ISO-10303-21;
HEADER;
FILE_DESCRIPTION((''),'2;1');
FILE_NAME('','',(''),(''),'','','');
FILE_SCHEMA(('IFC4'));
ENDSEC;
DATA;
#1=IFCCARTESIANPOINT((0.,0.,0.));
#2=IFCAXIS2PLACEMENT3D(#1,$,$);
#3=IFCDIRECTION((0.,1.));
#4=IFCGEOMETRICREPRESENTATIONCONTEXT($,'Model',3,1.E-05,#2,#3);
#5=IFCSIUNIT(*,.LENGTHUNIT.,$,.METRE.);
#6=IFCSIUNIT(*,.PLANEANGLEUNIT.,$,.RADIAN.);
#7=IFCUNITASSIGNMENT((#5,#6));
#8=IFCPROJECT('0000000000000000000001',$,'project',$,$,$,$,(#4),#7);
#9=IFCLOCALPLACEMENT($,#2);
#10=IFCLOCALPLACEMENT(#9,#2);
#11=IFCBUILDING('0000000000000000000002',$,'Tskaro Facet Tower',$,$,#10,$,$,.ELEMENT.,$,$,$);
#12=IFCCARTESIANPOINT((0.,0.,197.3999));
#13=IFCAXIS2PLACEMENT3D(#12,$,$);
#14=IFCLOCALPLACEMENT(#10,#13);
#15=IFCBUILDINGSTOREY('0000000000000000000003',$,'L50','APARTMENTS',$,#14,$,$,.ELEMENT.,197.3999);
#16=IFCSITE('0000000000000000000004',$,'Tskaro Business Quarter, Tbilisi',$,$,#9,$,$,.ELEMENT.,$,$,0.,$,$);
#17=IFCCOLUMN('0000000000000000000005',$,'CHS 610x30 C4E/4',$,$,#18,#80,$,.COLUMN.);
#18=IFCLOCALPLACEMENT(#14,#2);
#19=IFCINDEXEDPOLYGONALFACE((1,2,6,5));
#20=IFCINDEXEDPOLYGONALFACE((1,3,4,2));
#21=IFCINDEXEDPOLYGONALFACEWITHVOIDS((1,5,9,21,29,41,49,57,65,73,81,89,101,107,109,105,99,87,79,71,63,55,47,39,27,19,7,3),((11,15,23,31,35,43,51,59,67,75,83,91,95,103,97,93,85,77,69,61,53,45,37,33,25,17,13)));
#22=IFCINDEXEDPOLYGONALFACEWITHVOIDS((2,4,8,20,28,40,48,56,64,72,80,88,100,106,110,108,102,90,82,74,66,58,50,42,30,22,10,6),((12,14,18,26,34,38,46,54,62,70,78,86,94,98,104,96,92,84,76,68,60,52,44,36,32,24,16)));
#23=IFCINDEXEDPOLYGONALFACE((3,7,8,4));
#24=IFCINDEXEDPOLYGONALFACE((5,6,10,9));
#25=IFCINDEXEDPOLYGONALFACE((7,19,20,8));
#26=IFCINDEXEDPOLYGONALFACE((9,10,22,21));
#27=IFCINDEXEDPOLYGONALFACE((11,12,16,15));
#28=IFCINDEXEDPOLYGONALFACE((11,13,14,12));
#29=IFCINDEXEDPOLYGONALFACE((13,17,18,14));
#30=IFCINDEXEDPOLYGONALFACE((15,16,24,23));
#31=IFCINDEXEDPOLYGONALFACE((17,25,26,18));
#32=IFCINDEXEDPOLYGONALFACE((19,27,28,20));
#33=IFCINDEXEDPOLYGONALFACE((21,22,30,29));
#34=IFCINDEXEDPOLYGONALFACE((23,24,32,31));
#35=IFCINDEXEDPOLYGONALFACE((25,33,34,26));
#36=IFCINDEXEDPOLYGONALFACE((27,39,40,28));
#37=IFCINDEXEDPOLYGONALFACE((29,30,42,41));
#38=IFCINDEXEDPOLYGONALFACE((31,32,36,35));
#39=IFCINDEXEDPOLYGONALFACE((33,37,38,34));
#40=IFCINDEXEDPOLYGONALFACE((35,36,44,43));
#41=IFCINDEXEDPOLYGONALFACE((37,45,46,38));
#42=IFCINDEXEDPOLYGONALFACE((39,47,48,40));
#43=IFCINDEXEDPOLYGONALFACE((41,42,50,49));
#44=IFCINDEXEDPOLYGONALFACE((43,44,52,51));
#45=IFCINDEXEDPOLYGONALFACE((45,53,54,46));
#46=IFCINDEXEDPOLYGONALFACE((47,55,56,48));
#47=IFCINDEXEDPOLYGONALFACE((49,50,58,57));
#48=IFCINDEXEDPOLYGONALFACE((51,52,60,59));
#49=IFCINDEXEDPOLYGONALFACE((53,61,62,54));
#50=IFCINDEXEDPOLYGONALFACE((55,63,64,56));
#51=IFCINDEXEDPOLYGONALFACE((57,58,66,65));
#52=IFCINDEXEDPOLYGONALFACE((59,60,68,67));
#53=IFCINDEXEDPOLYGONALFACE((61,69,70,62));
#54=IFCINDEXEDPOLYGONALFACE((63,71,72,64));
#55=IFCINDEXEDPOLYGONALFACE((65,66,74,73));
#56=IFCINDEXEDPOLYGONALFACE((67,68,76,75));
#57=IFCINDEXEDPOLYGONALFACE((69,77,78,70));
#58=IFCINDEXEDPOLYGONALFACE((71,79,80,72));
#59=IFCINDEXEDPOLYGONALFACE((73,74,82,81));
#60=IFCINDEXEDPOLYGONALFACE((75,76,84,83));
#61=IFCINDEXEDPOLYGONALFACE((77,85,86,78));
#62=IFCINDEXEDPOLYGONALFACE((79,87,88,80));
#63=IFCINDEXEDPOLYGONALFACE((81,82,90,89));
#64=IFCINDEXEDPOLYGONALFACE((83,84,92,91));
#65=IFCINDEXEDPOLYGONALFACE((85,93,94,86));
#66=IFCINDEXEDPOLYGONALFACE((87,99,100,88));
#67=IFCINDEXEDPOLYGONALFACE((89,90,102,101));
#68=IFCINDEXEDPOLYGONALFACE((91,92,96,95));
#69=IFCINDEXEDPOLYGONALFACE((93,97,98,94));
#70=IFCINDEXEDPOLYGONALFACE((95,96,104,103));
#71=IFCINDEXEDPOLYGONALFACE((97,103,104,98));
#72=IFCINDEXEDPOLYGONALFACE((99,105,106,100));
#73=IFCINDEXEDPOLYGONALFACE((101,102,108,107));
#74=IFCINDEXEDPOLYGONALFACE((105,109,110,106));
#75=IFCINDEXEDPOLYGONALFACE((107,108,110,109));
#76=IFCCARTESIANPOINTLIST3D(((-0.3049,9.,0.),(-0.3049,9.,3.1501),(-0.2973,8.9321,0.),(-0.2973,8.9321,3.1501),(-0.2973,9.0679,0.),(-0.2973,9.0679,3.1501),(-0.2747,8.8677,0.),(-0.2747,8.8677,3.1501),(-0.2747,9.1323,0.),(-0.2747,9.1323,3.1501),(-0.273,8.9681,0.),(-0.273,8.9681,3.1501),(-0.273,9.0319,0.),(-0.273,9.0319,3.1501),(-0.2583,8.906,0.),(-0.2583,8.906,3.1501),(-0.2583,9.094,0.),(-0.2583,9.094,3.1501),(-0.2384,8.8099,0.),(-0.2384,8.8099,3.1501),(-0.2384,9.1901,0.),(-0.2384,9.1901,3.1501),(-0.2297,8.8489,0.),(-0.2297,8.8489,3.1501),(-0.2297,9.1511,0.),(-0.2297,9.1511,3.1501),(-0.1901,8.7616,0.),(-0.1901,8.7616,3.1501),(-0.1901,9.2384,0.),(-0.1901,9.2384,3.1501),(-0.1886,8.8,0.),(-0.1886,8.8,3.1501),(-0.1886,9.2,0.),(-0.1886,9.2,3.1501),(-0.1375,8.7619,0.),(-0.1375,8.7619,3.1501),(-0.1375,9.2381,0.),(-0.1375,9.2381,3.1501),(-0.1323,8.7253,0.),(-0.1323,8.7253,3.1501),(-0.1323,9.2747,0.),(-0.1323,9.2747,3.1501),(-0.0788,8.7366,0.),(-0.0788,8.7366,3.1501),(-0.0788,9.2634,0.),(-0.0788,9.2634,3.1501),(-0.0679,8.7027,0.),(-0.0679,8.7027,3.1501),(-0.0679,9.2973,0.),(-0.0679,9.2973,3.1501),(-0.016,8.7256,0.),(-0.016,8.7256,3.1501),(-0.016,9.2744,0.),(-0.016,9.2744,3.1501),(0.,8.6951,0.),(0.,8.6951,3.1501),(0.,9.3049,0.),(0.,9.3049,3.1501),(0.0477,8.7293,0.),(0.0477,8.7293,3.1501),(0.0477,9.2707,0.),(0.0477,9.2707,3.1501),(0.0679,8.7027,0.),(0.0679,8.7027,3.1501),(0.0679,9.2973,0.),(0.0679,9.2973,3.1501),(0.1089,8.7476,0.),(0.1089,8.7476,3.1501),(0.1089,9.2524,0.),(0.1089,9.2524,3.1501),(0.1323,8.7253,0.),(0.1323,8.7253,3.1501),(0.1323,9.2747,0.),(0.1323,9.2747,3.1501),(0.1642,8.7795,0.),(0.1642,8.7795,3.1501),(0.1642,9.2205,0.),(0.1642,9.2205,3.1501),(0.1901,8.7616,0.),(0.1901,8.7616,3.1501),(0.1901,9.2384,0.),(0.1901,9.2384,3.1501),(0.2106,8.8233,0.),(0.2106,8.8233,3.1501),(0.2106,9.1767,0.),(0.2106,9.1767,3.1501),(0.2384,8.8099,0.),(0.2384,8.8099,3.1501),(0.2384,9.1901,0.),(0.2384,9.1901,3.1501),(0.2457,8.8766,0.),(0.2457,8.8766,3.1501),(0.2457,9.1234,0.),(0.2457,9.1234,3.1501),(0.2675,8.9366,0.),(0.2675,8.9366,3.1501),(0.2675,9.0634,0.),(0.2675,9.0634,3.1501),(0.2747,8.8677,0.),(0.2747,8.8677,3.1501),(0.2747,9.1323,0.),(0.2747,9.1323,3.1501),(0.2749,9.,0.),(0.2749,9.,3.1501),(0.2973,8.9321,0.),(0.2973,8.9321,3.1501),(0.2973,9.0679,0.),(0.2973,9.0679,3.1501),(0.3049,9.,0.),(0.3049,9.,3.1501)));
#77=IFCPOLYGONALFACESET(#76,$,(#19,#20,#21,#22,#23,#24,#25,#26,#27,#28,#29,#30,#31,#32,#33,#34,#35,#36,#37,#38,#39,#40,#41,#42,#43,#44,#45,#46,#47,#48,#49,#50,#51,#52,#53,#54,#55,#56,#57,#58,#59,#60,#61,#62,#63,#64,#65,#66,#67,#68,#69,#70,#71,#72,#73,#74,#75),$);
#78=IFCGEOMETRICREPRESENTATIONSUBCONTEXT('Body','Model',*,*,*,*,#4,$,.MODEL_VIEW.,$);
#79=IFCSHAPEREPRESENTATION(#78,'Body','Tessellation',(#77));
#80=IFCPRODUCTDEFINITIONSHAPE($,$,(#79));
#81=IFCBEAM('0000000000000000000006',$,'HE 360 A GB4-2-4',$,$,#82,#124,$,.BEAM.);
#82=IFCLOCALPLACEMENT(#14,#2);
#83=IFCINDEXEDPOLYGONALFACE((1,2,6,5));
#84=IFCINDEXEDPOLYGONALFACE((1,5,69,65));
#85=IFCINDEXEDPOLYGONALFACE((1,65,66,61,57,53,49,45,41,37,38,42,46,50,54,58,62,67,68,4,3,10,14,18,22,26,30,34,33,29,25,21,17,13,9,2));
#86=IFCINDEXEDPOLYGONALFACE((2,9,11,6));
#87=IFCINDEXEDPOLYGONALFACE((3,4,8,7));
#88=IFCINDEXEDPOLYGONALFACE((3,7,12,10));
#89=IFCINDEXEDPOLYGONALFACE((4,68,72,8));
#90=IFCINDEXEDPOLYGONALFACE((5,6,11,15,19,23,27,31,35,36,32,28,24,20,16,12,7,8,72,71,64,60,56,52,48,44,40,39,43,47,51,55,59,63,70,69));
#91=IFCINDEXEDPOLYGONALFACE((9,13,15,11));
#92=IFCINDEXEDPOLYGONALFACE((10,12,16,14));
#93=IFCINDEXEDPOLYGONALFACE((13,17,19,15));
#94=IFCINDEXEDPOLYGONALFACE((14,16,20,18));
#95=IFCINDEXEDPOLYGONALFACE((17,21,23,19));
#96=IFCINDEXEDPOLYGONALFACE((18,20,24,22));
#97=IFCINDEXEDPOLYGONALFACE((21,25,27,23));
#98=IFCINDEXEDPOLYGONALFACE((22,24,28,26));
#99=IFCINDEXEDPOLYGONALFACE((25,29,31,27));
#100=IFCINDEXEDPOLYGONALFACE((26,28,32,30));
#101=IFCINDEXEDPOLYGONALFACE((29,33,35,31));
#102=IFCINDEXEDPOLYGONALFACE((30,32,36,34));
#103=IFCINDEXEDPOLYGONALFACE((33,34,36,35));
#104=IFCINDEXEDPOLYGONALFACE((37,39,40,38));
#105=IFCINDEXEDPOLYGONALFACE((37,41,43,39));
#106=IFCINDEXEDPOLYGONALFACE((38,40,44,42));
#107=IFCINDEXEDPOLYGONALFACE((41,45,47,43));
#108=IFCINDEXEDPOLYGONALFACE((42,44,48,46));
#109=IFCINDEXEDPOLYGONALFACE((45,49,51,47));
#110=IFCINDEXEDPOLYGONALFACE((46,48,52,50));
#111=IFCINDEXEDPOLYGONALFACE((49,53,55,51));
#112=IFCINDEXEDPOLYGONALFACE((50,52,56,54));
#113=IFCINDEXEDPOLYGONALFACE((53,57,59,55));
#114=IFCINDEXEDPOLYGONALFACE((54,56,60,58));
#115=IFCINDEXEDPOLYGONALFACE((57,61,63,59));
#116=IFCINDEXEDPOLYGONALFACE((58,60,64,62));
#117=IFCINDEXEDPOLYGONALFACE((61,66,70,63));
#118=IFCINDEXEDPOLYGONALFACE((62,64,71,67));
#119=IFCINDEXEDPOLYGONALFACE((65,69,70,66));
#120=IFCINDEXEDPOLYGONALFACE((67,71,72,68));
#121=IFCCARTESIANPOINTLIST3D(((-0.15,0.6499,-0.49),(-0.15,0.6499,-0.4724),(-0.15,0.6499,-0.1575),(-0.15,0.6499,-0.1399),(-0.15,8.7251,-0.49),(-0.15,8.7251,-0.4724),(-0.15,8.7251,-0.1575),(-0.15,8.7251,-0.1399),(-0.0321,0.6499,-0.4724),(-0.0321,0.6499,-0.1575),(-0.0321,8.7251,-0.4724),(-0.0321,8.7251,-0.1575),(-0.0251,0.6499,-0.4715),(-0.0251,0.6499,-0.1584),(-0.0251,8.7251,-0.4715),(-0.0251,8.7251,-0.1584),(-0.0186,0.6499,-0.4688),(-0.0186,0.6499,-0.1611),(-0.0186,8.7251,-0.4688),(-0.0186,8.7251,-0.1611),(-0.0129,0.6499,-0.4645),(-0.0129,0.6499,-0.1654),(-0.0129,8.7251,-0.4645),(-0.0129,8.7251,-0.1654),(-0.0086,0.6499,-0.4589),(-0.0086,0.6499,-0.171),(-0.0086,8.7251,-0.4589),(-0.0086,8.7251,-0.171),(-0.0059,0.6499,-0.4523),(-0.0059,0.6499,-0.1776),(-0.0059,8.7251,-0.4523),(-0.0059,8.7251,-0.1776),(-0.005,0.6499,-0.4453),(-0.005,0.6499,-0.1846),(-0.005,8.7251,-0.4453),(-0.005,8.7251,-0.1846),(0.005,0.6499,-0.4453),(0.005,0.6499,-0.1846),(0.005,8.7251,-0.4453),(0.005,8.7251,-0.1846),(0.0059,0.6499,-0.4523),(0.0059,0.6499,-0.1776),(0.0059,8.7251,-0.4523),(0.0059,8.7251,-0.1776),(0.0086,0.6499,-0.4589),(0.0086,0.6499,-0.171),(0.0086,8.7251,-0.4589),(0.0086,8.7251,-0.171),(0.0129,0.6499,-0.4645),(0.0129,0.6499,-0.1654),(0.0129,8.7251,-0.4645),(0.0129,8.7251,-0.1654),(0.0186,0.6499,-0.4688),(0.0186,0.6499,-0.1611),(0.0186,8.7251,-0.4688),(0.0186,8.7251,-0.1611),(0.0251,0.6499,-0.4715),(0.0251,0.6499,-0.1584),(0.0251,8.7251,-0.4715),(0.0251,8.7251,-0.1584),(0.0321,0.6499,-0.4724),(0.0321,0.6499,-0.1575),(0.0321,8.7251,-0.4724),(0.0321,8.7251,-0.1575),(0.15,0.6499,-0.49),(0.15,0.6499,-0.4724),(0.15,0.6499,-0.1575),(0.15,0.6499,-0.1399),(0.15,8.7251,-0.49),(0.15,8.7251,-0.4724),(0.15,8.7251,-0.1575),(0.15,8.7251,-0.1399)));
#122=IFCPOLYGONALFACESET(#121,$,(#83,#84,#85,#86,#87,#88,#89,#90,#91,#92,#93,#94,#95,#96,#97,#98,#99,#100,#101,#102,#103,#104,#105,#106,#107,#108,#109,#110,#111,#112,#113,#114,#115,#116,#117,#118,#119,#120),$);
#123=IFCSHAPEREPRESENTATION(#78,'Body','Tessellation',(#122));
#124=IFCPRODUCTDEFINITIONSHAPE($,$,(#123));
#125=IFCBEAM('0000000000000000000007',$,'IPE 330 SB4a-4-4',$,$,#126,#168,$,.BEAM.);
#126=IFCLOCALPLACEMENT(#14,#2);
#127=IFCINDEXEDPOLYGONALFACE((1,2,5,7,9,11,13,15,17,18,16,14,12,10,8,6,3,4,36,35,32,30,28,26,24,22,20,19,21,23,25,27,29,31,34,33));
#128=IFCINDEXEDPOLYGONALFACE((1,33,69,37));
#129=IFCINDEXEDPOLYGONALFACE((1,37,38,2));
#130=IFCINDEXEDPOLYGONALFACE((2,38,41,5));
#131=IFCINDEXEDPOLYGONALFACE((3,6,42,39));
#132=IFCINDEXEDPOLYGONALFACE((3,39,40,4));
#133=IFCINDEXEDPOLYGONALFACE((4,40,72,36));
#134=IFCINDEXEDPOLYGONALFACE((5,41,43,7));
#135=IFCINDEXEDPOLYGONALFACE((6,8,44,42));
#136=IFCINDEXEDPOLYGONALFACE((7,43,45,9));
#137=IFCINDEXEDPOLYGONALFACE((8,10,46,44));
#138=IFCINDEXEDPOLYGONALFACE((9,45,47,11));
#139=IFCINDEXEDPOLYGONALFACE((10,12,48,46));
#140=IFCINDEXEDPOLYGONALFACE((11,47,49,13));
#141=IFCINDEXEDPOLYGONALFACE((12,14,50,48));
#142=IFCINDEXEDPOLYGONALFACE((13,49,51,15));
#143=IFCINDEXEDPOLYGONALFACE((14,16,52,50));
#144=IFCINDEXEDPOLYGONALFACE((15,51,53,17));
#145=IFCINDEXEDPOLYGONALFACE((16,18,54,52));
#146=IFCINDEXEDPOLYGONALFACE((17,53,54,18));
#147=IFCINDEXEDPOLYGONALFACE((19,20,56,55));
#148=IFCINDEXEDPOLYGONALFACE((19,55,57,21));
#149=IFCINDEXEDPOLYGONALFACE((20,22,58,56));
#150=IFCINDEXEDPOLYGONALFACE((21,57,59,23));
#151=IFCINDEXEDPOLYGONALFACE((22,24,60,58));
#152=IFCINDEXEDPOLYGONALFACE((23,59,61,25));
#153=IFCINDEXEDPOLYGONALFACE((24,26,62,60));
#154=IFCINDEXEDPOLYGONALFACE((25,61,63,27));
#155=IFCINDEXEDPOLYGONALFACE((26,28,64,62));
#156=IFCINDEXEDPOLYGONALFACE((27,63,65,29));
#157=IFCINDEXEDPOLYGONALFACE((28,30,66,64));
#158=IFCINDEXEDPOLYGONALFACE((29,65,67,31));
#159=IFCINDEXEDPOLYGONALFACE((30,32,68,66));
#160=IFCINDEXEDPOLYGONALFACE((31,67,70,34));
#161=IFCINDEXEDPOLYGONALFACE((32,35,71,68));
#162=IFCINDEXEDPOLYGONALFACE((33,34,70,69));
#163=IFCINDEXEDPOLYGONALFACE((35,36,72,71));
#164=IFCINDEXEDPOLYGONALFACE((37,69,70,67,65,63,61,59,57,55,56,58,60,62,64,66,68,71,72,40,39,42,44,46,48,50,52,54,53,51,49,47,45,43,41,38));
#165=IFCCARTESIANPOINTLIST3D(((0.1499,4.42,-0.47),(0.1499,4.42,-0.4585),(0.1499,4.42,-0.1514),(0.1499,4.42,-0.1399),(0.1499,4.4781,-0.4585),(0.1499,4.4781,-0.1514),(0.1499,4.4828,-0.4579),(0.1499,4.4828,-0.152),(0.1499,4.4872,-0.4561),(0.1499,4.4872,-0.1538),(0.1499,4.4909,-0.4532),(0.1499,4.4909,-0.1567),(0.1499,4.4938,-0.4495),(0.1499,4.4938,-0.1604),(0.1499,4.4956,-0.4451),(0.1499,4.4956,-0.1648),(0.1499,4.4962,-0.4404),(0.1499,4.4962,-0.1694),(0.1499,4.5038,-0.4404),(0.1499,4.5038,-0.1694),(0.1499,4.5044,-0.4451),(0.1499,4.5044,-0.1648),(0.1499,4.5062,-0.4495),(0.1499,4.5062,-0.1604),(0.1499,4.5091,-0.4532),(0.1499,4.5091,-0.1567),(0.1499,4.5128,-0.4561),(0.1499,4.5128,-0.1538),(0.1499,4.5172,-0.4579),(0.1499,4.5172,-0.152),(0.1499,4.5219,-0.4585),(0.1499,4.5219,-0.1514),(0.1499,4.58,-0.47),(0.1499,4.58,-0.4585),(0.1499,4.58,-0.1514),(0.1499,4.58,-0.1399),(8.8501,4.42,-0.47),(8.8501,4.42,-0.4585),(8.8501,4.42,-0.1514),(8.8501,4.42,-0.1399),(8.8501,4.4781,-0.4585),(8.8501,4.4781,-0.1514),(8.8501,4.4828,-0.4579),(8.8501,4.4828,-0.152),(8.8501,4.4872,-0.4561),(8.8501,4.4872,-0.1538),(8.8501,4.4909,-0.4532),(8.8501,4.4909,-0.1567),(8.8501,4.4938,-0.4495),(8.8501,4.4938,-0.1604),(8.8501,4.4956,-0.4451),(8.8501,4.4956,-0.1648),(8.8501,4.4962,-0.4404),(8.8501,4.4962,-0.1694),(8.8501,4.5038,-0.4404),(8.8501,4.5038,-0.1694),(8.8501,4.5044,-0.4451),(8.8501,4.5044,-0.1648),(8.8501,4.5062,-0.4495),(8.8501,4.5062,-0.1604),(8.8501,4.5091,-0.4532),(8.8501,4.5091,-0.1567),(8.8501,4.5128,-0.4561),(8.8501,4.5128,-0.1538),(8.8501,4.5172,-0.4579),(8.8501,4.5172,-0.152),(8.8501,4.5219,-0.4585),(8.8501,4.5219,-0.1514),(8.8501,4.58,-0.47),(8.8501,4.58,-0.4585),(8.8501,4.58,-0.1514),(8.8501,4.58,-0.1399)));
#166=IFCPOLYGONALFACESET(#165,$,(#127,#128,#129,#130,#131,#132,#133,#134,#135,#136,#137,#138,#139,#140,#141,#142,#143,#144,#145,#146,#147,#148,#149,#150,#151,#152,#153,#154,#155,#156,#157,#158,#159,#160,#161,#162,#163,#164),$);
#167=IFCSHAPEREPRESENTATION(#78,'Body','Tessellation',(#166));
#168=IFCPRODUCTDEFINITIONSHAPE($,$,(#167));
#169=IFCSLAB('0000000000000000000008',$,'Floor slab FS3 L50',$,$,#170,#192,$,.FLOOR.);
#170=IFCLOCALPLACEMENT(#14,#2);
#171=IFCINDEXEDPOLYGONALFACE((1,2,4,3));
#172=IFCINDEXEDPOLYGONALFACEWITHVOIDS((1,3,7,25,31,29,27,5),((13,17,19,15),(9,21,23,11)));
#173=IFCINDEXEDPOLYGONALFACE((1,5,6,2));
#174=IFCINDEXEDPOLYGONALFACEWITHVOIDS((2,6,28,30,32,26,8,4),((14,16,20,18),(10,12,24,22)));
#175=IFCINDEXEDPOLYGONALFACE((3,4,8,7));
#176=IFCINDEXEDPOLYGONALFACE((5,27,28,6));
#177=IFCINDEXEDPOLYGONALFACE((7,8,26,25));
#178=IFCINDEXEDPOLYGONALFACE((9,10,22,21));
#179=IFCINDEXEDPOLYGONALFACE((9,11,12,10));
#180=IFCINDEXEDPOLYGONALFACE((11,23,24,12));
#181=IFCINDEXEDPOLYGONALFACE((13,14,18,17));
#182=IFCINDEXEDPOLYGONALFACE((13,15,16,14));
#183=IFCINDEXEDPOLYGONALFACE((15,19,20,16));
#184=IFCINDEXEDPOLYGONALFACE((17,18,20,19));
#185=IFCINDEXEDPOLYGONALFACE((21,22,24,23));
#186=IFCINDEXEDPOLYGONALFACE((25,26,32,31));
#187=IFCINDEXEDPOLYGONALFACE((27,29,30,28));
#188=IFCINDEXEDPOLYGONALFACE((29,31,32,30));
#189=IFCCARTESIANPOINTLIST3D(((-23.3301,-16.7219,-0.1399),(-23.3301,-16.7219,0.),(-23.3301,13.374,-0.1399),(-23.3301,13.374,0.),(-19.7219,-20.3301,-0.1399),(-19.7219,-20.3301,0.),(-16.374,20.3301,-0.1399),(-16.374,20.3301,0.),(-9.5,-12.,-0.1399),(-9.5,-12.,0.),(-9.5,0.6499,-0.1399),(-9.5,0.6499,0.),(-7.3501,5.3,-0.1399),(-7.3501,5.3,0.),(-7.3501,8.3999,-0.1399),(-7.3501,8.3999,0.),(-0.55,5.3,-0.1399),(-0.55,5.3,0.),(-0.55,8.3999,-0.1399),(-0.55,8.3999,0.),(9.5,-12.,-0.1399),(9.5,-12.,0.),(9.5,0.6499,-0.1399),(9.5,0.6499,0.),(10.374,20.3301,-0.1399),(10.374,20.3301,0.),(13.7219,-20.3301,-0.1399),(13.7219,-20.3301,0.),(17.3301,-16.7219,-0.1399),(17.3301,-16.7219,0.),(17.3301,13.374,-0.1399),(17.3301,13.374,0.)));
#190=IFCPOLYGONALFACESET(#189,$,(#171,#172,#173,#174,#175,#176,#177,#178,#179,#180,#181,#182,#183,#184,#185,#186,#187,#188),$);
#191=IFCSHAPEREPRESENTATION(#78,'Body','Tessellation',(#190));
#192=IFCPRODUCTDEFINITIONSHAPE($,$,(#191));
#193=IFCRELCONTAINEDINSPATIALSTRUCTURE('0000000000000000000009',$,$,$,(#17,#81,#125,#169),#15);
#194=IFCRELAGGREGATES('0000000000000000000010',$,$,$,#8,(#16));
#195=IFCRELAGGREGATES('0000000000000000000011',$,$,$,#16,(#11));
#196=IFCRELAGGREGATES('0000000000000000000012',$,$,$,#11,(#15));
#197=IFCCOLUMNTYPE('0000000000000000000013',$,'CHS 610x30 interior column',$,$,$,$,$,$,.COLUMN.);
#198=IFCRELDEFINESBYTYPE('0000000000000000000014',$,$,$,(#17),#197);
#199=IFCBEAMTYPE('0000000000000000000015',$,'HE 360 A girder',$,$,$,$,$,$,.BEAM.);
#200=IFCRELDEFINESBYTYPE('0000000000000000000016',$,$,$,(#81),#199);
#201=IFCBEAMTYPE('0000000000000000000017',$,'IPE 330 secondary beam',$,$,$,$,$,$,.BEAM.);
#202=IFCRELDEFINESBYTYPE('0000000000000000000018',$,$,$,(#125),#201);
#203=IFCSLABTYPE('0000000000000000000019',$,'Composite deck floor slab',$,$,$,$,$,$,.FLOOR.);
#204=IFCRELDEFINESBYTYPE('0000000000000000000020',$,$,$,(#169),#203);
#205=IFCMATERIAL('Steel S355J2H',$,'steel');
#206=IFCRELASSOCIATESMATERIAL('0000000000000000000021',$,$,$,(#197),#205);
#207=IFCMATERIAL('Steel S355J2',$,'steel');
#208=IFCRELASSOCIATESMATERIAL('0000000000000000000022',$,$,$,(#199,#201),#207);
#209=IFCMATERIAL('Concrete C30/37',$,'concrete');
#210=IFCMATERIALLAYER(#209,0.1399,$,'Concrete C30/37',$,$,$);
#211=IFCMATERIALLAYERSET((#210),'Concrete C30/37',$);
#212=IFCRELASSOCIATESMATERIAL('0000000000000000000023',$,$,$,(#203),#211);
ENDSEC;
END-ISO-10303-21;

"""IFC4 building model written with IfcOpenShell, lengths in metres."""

from ifc_helpers import new_model, si_unit, direction, frame, origin, origin_2d, place, context, subcontext, project, spatial, polyline, hollow_circle, i_section, outline, extrude, material, layer, layer_set, material_profile, profile_set, type_object, element, save


model = new_model("IFC4")

# Units and contexts
model_context = context("Model", 3, precision=1e-05, world=origin(), true_north=direction((0.0, 1.0)))
body_context = subcontext(model_context, "Body", "Model", "MODEL_VIEW")
ifc_project = project(units=[si_unit("LENGTHUNIT", "METRE"), si_unit("PLANEANGLEUNIT", "RADIAN")], contexts=[model_context])

# Site, building, storey
site_placement = place(None, origin())
site = spatial("IfcSite", under=ifc_project, at=site_placement, Name="Tskaro Business Quarter, Tbilisi", CompositionType="ELEMENT", RefElevation=0.0)
building_placement = place(site_placement, origin())
building = spatial("IfcBuilding", under=site, at=building_placement, Name="Tskaro Facet Tower", CompositionType="ELEMENT")
storey_placement = place(building_placement, frame((0.0, 0.0, 197.3999)))
storey = spatial("IfcBuildingStorey", under=building, at=storey_placement, Name="L50", Description="APARTMENTS", CompositionType="ELEMENT", Elevation=197.3999)

# Column
ifc_material_1 = material(Name="Steel S355J2H", Category="steel")
ifc_material_profile_1 = material_profile(ifc_material_1, hollow_circle(Radius=0.3049, WallThickness=0.03, at=origin_2d()), Name="CHS 610x30")
ifc_profile_set_1 = profile_set([ifc_material_profile_1], Name="Steel S355J2H")
column_type = type_object("IfcColumnType", Name="CHS 610x30 interior column", PredefinedType="COLUMN", material=ifc_profile_set_1)
column_placement = place(storey_placement, frame((0.0, 9.0, 0.0), z_axis=(0.0, 0.0, 1.0), x_axis=(1.0, 0.0, 0.0)))
element("IfcColumn", 1, at=column_placement, inside=storey, type_object=column_type, Name="CHS 610x30 C4E/4", PredefinedType="COLUMN", context=body_context, shape_type="SweptSolid", body=[
    extrude(hollow_circle(Radius=0.3049, WallThickness=0.03, at=origin_2d()), origin(), (0.0, 0.0, 1.0), 3.1501),
])

# Beams
ifc_material_2 = material(Name="Steel S355J2", Category="steel")
ifc_material_profile_2 = material_profile(ifc_material_2, i_section(OverallWidth=0.3, OverallDepth=0.3501, WebThickness=0.01, FlangeThickness=0.0176, FilletRadius=0.0271, at=origin_2d()), Name="HE 360 A")
ifc_profile_set_2 = profile_set([ifc_material_profile_2], Name="Steel S355J2")
beam_type_1 = type_object("IfcBeamType", Name="HE 360 A girder", PredefinedType="BEAM", material=ifc_profile_set_2)
beam_1_placement = place(storey_placement, frame((0.0, 0.6499, -0.3149), z_axis=(0.0, 1.0, 0.0), x_axis=(-1.0, 0.0, 0.0)))
element("IfcBeam", 2, at=beam_1_placement, inside=storey, type_object=beam_type_1, Name="HE 360 A GB4-2-4", PredefinedType="BEAM", context=body_context, shape_type="SweptSolid", body=[
    extrude(i_section(OverallWidth=0.3, OverallDepth=0.3501, WebThickness=0.01, FlangeThickness=0.0176, FilletRadius=0.0271, at=origin_2d()), origin(), (0.0, 0.0, 1.0), 8.0752),
])
ifc_material_profile_3 = material_profile(ifc_material_2, i_section(OverallWidth=0.1599, OverallDepth=0.3301, WebThickness=0.0076, FlangeThickness=0.0115, FilletRadius=0.0181, at=origin_2d()), Name="IPE 330")
ifc_profile_set_3 = profile_set([ifc_material_profile_3], Name="Steel S355J2")
beam_type_2 = type_object("IfcBeamType", Name="IPE 330 secondary beam", PredefinedType="BEAM", material=ifc_profile_set_3)
beam_2_placement = place(storey_placement, frame((0.1499, 4.5, -0.3049), z_axis=(1.0, 0.0, 0.0), x_axis=(0.0, 1.0, 0.0)))
element("IfcBeam", 3, at=beam_2_placement, inside=storey, type_object=beam_type_2, Name="IPE 330 SB4a-4-4", PredefinedType="BEAM", context=body_context, shape_type="SweptSolid", body=[
    extrude(i_section(OverallWidth=0.1599, OverallDepth=0.3301, WebThickness=0.0076, FlangeThickness=0.0115, FilletRadius=0.0181, at=origin_2d()), origin(), (0.0, 0.0, 1.0), 8.7002),
])

# Slab
ifc_material_3 = material(Name="Concrete C30/37", Category="concrete")
ifc_layer_1 = layer(ifc_material_3, 0.1399, Name="Concrete C30/37")
ifc_layer_set_1 = layer_set([ifc_layer_1], Name="Concrete C30/37")
slab_type_1 = type_object("IfcSlabType", Name="Composite deck floor slab", PredefinedType="FLOOR", material=ifc_layer_set_1)
slab_1_placement = place(storey_placement, frame((0.0, 0.0, -0.1399)))
element("IfcSlab", 4, at=slab_1_placement, inside=storey, type_object=slab_type_1, Name="Floor slab FS3 L50", PredefinedType="FLOOR", context=body_context, shape_type="SweptSolid", body=[
    extrude(outline(polyline([(-19.7219, -20.3301), (13.7219, -20.3301), (17.3301, -16.7219), (17.3301, 13.374), (10.374, 20.3301), (-16.374, 20.3301), (-23.3301, 13.374), (-23.3301, -16.7219), (-19.7219, -20.3301)]), holes=[polyline([(-9.5, -12.0), (9.5, -12.0), (9.5, 0.6499), (-9.5, 0.6499), (-9.5, -12.0)]), polyline([(-7.3501, 5.3), (-0.55, 5.3), (-0.55, 8.3999), (-7.3501, 8.3999), (-7.3501, 5.3)])]), origin(), (0.0, 0.0, 1.0), 0.1399),
])

save(model, "model.ifc")
